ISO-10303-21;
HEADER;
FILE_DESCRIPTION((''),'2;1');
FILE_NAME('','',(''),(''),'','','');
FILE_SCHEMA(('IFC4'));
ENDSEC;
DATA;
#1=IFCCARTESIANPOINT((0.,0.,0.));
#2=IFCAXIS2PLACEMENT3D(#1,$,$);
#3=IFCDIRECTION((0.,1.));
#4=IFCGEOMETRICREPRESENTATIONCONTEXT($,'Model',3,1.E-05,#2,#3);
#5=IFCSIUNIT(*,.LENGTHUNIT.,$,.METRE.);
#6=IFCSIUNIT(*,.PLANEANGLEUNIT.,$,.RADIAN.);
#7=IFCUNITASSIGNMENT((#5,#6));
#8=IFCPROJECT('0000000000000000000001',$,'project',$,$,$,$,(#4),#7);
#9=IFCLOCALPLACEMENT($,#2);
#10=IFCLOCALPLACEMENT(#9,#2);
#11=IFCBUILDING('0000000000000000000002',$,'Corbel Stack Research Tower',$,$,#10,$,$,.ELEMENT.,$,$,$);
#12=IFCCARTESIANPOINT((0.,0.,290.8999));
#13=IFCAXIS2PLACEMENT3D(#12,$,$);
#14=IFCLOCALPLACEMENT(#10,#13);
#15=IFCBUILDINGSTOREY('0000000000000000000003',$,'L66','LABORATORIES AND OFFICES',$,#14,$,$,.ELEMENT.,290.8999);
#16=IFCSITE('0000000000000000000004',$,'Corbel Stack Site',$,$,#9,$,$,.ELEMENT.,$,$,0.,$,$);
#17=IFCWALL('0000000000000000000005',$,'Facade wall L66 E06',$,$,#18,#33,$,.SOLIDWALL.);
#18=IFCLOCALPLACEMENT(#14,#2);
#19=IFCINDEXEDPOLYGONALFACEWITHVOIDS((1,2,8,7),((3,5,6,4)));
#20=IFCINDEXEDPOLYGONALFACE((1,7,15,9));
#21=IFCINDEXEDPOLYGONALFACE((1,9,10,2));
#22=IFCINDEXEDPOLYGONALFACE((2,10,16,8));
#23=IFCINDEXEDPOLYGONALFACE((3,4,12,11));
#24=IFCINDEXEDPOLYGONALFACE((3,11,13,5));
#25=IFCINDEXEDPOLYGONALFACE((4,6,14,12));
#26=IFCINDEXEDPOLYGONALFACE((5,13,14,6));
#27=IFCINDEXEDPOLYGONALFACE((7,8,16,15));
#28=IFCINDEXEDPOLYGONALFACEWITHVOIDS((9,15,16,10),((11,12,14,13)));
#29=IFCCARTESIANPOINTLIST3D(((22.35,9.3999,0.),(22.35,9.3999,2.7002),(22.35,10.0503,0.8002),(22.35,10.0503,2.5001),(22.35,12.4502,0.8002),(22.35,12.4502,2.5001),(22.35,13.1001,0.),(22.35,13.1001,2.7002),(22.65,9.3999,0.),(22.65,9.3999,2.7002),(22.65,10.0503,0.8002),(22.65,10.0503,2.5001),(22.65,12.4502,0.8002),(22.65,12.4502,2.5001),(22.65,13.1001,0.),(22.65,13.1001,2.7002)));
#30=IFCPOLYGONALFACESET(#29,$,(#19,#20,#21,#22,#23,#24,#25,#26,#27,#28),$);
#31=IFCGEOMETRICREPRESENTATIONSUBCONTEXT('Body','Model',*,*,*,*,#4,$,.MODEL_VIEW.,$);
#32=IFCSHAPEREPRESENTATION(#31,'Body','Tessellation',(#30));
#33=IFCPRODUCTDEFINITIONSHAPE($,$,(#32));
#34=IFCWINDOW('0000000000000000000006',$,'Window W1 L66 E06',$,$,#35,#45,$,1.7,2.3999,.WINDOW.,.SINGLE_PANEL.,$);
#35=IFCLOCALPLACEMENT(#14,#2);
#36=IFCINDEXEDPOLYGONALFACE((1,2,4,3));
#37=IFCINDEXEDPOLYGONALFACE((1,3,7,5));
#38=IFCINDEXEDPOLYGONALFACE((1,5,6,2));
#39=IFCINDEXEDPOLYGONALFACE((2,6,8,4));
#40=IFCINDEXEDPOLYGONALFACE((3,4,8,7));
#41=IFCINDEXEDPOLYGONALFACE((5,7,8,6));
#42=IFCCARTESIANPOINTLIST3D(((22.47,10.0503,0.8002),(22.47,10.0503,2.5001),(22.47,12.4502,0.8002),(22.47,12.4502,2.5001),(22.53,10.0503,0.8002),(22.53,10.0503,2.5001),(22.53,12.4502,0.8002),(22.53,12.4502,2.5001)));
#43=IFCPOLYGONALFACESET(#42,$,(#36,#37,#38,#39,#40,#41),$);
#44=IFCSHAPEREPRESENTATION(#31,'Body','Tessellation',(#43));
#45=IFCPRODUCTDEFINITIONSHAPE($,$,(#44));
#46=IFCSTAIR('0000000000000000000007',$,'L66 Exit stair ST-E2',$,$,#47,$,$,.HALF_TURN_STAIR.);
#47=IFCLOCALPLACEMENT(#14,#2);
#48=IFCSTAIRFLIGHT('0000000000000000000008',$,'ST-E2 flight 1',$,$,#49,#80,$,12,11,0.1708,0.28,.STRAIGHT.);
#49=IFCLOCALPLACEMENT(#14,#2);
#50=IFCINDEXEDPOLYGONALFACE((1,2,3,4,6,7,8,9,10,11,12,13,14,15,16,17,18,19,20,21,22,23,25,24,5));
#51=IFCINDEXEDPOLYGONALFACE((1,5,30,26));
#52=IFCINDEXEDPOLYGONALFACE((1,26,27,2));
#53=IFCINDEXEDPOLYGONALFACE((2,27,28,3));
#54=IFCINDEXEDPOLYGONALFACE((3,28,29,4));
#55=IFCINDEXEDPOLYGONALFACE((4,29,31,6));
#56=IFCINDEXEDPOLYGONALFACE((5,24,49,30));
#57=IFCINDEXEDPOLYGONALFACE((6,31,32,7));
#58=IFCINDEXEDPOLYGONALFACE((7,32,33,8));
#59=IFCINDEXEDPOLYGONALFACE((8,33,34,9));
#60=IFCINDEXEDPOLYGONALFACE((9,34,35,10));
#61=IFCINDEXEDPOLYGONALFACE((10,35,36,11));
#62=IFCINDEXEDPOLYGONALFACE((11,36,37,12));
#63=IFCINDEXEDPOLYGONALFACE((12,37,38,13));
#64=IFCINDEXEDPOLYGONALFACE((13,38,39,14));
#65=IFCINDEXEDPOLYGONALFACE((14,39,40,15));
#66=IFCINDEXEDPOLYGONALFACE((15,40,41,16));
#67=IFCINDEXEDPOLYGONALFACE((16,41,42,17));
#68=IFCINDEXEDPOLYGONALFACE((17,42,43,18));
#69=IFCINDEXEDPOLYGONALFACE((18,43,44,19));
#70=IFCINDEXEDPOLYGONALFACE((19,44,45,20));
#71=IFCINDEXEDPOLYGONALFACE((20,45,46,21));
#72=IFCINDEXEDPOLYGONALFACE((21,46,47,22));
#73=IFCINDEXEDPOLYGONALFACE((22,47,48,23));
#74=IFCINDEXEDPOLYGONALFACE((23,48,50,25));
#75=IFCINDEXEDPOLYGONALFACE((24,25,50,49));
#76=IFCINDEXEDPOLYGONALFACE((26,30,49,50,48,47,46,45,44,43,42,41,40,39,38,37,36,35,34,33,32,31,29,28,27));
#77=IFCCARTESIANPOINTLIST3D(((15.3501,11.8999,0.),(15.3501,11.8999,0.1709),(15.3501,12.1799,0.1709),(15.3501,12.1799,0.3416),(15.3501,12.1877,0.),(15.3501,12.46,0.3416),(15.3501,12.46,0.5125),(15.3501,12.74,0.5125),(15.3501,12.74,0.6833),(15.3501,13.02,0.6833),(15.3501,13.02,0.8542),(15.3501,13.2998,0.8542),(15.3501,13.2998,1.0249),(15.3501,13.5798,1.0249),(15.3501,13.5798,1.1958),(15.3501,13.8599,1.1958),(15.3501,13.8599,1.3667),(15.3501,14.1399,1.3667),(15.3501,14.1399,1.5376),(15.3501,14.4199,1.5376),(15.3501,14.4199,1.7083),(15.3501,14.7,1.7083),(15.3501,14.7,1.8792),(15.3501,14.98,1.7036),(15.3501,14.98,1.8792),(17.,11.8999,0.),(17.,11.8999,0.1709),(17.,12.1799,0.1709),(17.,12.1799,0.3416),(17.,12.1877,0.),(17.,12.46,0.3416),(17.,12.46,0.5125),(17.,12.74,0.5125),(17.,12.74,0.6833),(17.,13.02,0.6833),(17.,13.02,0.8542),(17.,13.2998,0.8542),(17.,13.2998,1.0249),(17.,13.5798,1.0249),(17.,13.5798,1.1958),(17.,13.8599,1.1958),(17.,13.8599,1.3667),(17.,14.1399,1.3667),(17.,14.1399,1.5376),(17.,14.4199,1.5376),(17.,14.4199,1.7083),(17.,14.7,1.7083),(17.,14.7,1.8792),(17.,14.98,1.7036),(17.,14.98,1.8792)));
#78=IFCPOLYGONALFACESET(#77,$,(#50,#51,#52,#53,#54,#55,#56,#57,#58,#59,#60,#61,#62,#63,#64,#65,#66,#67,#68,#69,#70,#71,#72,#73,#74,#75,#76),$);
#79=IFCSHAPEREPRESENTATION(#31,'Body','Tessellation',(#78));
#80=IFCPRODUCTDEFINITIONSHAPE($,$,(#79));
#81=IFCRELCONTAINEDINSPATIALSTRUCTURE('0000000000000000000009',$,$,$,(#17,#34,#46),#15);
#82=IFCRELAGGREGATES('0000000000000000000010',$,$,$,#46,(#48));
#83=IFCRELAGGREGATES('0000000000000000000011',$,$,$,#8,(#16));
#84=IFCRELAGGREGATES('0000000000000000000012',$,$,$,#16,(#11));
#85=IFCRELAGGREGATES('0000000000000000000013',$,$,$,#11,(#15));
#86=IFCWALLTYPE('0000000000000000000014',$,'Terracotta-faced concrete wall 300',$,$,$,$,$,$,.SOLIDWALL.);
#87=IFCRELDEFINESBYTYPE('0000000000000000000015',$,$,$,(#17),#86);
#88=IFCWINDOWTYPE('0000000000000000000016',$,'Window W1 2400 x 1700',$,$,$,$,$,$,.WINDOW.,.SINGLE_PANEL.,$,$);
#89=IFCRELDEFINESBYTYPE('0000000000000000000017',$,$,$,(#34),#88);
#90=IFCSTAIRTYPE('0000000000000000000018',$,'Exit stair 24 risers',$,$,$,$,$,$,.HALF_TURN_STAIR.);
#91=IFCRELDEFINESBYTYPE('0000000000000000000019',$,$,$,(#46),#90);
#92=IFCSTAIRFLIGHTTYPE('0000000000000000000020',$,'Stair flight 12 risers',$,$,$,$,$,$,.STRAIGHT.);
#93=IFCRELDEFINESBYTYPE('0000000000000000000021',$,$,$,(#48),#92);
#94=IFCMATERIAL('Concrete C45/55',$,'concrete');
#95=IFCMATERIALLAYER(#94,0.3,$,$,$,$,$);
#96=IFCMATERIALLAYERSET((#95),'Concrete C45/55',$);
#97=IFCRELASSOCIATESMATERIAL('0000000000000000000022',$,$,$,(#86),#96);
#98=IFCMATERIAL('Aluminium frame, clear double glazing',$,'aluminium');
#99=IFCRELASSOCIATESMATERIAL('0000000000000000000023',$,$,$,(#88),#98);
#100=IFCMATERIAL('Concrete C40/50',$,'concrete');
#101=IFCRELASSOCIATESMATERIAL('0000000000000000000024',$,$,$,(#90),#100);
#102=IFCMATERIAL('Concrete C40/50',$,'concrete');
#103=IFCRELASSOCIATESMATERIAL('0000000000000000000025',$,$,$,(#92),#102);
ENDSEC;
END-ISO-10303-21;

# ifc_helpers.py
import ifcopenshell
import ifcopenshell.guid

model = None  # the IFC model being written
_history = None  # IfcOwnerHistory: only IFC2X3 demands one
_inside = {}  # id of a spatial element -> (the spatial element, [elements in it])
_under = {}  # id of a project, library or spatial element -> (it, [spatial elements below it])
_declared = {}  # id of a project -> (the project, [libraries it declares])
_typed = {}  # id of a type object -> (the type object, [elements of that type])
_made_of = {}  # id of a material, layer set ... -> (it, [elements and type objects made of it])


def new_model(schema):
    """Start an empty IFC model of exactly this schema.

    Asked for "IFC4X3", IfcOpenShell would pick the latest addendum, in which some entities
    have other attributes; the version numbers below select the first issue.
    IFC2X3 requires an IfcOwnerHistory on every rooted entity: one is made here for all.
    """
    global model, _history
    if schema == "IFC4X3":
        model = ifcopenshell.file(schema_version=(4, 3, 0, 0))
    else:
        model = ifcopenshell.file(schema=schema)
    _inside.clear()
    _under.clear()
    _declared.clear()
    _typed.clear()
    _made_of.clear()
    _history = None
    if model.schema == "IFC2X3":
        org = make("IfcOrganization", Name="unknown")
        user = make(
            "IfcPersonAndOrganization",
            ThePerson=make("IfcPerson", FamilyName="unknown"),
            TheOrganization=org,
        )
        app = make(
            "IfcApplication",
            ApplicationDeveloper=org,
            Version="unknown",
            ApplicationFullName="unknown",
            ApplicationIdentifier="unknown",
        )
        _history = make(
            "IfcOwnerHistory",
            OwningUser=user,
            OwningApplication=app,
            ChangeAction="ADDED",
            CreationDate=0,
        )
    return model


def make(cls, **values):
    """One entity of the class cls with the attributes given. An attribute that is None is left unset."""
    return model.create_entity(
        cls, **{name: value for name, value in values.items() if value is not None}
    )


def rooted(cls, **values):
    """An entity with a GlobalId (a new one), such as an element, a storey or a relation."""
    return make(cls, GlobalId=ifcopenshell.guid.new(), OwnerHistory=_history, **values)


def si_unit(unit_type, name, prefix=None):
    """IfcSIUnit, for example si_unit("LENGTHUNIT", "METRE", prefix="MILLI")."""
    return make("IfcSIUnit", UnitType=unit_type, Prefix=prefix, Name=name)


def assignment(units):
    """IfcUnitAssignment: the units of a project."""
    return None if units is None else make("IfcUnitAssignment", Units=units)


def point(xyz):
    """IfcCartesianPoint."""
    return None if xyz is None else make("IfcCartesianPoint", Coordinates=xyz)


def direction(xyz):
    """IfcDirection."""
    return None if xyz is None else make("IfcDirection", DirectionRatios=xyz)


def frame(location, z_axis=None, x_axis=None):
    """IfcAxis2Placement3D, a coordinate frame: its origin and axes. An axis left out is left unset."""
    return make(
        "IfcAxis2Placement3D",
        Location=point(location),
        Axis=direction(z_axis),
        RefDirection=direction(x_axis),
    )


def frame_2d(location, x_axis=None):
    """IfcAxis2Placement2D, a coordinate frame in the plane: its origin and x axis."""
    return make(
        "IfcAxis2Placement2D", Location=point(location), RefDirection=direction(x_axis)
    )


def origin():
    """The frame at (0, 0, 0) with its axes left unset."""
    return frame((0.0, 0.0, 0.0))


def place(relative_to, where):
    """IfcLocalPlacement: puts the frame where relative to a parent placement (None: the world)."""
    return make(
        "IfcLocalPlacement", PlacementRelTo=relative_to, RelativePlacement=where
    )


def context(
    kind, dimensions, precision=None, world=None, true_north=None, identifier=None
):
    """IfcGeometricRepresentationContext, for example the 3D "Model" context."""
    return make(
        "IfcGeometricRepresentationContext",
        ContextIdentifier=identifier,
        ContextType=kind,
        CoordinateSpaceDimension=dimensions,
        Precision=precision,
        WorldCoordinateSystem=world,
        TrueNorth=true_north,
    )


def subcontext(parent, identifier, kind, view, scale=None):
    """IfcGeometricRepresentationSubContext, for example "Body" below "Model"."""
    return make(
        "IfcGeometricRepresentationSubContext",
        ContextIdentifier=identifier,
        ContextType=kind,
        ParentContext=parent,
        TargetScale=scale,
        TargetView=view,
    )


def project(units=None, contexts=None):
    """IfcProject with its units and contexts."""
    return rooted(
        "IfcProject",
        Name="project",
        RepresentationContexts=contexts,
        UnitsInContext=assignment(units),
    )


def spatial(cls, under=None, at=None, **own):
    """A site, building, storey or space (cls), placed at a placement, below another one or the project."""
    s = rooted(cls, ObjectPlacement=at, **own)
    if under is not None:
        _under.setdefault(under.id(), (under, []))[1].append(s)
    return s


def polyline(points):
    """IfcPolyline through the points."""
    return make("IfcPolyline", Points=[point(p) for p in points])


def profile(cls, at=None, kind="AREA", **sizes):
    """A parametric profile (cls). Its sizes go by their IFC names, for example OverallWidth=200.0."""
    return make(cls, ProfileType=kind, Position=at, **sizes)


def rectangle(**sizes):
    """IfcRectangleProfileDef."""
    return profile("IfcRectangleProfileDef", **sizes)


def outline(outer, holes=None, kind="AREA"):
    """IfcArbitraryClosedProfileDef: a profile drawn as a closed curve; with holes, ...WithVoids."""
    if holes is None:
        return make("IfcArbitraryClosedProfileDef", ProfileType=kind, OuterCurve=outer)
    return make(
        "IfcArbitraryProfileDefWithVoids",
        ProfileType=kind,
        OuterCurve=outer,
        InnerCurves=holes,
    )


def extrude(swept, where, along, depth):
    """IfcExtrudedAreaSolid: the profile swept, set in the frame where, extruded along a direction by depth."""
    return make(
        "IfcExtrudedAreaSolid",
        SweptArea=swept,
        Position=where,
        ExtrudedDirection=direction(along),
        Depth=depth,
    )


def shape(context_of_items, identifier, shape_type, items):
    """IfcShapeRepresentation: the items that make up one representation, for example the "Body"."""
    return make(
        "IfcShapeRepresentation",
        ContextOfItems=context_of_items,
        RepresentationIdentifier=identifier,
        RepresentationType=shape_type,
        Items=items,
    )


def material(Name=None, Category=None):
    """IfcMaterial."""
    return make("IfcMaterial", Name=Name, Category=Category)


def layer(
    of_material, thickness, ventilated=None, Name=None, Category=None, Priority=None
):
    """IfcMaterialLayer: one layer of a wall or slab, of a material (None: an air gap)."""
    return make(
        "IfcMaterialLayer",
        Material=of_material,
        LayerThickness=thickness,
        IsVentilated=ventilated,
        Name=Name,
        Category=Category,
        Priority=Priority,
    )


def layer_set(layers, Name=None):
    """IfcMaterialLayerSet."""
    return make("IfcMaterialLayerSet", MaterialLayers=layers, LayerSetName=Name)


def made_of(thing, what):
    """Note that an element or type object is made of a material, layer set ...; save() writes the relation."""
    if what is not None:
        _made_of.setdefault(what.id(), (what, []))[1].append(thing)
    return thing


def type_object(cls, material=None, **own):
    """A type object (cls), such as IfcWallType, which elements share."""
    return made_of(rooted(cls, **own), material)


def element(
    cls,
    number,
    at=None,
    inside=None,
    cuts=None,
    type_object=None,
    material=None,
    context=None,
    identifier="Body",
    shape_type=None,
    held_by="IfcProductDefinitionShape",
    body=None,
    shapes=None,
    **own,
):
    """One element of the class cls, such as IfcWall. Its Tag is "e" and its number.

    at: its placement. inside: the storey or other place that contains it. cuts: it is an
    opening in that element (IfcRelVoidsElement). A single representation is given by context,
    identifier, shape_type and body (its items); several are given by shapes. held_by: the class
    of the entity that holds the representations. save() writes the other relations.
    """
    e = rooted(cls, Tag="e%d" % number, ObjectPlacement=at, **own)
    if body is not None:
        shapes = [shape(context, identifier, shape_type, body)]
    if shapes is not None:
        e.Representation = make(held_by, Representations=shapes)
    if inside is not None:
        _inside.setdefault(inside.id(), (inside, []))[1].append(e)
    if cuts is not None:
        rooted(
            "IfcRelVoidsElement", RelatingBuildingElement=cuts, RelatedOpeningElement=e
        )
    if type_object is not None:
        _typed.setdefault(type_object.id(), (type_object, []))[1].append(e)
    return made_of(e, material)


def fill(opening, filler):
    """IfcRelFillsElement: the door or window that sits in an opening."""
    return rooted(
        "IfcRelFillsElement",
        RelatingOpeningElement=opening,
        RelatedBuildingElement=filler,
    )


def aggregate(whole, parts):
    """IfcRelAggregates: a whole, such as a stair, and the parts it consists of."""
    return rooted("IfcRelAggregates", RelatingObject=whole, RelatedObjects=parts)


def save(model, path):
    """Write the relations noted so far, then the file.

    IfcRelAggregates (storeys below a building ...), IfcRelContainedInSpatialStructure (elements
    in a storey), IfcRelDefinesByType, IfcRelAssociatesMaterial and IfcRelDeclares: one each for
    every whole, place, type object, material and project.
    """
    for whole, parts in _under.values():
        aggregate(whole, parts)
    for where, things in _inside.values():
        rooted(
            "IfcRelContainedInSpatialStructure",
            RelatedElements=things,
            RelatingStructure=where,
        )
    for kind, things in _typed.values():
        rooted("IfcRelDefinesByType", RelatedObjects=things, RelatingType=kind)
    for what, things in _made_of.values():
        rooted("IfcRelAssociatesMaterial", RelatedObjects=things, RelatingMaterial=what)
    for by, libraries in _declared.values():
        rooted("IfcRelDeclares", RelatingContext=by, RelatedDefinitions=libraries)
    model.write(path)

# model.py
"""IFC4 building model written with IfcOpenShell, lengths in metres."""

from ifc_helpers import new_model, si_unit, direction, frame, frame_2d, origin, place, context, subcontext, project, spatial, polyline, rectangle, outline, extrude, material, layer, layer_set, type_object, element, fill, aggregate, save


model = new_model("IFC4")

# Units and contexts
model_context = context("Model", 3, precision=1e-05, world=origin(), true_north=direction((0.0, 1.0)))
body_context = subcontext(model_context, "Body", "Model", "MODEL_VIEW")
ifc_project = project(units=[si_unit("LENGTHUNIT", "METRE"), si_unit("PLANEANGLEUNIT", "RADIAN")], contexts=[model_context])

# Site, building, storey
site_placement = place(None, origin())
site = spatial("IfcSite", under=ifc_project, at=site_placement, Name="Corbel Stack Site", CompositionType="ELEMENT", RefElevation=0.0)
building_placement = place(site_placement, origin())
building = spatial("IfcBuilding", under=site, at=building_placement, Name="Corbel Stack Research Tower", CompositionType="ELEMENT")
storey_placement = place(building_placement, frame((0.0, 0.0, 290.8999)))
storey = spatial("IfcBuildingStorey", under=building, at=storey_placement, Name="L66", Description="LABORATORIES AND OFFICES", CompositionType="ELEMENT", Elevation=290.8999)

# Wall, opening, window
ifc_material_1 = material(Name="Concrete C45/55", Category="concrete")
ifc_layer_1 = layer(ifc_material_1, 0.3)
ifc_layer_set_1 = layer_set([ifc_layer_1], Name="Concrete C45/55")
wall_type = type_object("IfcWallType", Name="Terracotta-faced concrete wall 300", PredefinedType="SOLIDWALL", material=ifc_layer_set_1)
ifc_material_2 = material(Name="Aluminium frame, clear double glazing", Category="aluminium")
window_type = type_object("IfcWindowType", Name="Window W1 2400 x 1700", PartitioningType="SINGLE_PANEL", PredefinedType="WINDOW", material=ifc_material_2)
wall_1_placement = place(storey_placement, frame((22.5, 13.1001, 0.0), z_axis=(0.0, 0.0, 1.0), x_axis=(0.0, -1.0, 0.0)))
wall_1 = element("IfcWall", 1, at=wall_1_placement, inside=storey, type_object=wall_type, Name="Facade wall L66 E06", PredefinedType="SOLIDWALL", context=body_context, shape_type="SweptSolid", body=[
    extrude(rectangle(XDim=3.7002, YDim=0.3, at=frame_2d((1.8501, 0.0))), origin(), (0.0, 0.0, 1.0), 2.7002),
])
opening_1_placement = place(wall_1_placement, frame((0.6499, 0.0, 0.8)))
opening_1 = element("IfcOpeningElement", 2, at=opening_1_placement, cuts=wall_1, PredefinedType="OPENING", context=body_context, shape_type="SweptSolid", body=[
    extrude(rectangle(XDim=2.3999, YDim=1.7, at=frame_2d((1.2, 0.8501))), frame((0.0, 0.1599, 0.0), z_axis=(0.0, -1.0, 0.0), x_axis=(1.0, 0.0, 0.0)), (0.0, 0.0, 1.0), 0.3201),
])
window_1_placement = place(opening_1_placement, origin())
window_1 = element("IfcWindow", 3, at=window_1_placement, inside=storey, type_object=window_type, Name="Window W1 L66 E06", OverallHeight=1.7, OverallWidth=2.3999, PartitioningType="SINGLE_PANEL", PredefinedType="WINDOW", context=body_context, shape_type="SweptSolid", body=[
    extrude(rectangle(XDim=2.3999, YDim=1.7, at=frame_2d((1.2, 0.8501))), frame((0.0, 0.03, 0.0), z_axis=(0.0, -1.0, 0.0), x_axis=(1.0, 0.0, 0.0)), (0.0, 0.0, 1.0), 0.0601),
])
fill(opening_1, window_1)

# Stair, stair flight
ifc_material_3 = material(Name="Concrete C40/50", Category="concrete")
stair_type = type_object("IfcStairType", Name="Exit stair 24 risers", PredefinedType="HALF_TURN_STAIR", material=ifc_material_3)
stair_placement = place(storey_placement, origin())
stair = element("IfcStair", 4, at=stair_placement, inside=storey, type_object=stair_type, Name="L66 Exit stair ST-E2", PredefinedType="HALF_TURN_STAIR")
ifc_material_4 = material(Name="Concrete C40/50", Category="concrete")
stair_flight_type = type_object("IfcStairFlightType", Name="Stair flight 12 risers", PredefinedType="STRAIGHT", material=ifc_material_4)
stair_flight_placement = place(storey_placement, frame((16.175, 11.8999, 0.0), z_axis=(0.0, 0.0, 1.0), x_axis=(0.0, 1.0, 0.0)))
stair_flight = element("IfcStairFlight", 5, at=stair_flight_placement, type_object=stair_flight_type, Name="ST-E2 flight 1", NumberOfRisers=12, NumberOfTreads=11, PredefinedType="STRAIGHT", RiserHeight=0.1708, TreadLength=0.28, context=body_context, shape_type="SweptSolid", body=[
    extrude(outline(polyline([(0.0, 0.0), (0.0, 0.1709), (0.28, 0.1709), (0.28, 0.3416), (0.5601, 0.3416), (0.5601, 0.5125), (0.8401, 0.5125), (0.8401, 0.6833), (1.1201, 0.6833), (1.1201, 0.8542), (1.3999, 0.8542), (1.3999, 1.0249), (1.6799, 1.0249), (1.6799, 1.1958), (1.96, 1.1958), (1.96, 1.3667), (2.24, 1.3667), (2.24, 1.5376), (2.52, 1.5376), (2.52, 1.7083), (2.8, 1.7083), (2.8, 1.8792), (3.0801, 1.8792), (3.0801, 2.05), (3.0801, 1.7036), (0.2878, 0.0), (0.0, 0.0)])), frame((0.0, 0.825, 0.0), z_axis=(0.0, -1.0, 0.0), x_axis=(1.0, 0.0, 0.0)), (0.0, 0.0, 1.0), 1.6499),
])
aggregate(stair, [stair_flight])

save(model, "model.ifc")
